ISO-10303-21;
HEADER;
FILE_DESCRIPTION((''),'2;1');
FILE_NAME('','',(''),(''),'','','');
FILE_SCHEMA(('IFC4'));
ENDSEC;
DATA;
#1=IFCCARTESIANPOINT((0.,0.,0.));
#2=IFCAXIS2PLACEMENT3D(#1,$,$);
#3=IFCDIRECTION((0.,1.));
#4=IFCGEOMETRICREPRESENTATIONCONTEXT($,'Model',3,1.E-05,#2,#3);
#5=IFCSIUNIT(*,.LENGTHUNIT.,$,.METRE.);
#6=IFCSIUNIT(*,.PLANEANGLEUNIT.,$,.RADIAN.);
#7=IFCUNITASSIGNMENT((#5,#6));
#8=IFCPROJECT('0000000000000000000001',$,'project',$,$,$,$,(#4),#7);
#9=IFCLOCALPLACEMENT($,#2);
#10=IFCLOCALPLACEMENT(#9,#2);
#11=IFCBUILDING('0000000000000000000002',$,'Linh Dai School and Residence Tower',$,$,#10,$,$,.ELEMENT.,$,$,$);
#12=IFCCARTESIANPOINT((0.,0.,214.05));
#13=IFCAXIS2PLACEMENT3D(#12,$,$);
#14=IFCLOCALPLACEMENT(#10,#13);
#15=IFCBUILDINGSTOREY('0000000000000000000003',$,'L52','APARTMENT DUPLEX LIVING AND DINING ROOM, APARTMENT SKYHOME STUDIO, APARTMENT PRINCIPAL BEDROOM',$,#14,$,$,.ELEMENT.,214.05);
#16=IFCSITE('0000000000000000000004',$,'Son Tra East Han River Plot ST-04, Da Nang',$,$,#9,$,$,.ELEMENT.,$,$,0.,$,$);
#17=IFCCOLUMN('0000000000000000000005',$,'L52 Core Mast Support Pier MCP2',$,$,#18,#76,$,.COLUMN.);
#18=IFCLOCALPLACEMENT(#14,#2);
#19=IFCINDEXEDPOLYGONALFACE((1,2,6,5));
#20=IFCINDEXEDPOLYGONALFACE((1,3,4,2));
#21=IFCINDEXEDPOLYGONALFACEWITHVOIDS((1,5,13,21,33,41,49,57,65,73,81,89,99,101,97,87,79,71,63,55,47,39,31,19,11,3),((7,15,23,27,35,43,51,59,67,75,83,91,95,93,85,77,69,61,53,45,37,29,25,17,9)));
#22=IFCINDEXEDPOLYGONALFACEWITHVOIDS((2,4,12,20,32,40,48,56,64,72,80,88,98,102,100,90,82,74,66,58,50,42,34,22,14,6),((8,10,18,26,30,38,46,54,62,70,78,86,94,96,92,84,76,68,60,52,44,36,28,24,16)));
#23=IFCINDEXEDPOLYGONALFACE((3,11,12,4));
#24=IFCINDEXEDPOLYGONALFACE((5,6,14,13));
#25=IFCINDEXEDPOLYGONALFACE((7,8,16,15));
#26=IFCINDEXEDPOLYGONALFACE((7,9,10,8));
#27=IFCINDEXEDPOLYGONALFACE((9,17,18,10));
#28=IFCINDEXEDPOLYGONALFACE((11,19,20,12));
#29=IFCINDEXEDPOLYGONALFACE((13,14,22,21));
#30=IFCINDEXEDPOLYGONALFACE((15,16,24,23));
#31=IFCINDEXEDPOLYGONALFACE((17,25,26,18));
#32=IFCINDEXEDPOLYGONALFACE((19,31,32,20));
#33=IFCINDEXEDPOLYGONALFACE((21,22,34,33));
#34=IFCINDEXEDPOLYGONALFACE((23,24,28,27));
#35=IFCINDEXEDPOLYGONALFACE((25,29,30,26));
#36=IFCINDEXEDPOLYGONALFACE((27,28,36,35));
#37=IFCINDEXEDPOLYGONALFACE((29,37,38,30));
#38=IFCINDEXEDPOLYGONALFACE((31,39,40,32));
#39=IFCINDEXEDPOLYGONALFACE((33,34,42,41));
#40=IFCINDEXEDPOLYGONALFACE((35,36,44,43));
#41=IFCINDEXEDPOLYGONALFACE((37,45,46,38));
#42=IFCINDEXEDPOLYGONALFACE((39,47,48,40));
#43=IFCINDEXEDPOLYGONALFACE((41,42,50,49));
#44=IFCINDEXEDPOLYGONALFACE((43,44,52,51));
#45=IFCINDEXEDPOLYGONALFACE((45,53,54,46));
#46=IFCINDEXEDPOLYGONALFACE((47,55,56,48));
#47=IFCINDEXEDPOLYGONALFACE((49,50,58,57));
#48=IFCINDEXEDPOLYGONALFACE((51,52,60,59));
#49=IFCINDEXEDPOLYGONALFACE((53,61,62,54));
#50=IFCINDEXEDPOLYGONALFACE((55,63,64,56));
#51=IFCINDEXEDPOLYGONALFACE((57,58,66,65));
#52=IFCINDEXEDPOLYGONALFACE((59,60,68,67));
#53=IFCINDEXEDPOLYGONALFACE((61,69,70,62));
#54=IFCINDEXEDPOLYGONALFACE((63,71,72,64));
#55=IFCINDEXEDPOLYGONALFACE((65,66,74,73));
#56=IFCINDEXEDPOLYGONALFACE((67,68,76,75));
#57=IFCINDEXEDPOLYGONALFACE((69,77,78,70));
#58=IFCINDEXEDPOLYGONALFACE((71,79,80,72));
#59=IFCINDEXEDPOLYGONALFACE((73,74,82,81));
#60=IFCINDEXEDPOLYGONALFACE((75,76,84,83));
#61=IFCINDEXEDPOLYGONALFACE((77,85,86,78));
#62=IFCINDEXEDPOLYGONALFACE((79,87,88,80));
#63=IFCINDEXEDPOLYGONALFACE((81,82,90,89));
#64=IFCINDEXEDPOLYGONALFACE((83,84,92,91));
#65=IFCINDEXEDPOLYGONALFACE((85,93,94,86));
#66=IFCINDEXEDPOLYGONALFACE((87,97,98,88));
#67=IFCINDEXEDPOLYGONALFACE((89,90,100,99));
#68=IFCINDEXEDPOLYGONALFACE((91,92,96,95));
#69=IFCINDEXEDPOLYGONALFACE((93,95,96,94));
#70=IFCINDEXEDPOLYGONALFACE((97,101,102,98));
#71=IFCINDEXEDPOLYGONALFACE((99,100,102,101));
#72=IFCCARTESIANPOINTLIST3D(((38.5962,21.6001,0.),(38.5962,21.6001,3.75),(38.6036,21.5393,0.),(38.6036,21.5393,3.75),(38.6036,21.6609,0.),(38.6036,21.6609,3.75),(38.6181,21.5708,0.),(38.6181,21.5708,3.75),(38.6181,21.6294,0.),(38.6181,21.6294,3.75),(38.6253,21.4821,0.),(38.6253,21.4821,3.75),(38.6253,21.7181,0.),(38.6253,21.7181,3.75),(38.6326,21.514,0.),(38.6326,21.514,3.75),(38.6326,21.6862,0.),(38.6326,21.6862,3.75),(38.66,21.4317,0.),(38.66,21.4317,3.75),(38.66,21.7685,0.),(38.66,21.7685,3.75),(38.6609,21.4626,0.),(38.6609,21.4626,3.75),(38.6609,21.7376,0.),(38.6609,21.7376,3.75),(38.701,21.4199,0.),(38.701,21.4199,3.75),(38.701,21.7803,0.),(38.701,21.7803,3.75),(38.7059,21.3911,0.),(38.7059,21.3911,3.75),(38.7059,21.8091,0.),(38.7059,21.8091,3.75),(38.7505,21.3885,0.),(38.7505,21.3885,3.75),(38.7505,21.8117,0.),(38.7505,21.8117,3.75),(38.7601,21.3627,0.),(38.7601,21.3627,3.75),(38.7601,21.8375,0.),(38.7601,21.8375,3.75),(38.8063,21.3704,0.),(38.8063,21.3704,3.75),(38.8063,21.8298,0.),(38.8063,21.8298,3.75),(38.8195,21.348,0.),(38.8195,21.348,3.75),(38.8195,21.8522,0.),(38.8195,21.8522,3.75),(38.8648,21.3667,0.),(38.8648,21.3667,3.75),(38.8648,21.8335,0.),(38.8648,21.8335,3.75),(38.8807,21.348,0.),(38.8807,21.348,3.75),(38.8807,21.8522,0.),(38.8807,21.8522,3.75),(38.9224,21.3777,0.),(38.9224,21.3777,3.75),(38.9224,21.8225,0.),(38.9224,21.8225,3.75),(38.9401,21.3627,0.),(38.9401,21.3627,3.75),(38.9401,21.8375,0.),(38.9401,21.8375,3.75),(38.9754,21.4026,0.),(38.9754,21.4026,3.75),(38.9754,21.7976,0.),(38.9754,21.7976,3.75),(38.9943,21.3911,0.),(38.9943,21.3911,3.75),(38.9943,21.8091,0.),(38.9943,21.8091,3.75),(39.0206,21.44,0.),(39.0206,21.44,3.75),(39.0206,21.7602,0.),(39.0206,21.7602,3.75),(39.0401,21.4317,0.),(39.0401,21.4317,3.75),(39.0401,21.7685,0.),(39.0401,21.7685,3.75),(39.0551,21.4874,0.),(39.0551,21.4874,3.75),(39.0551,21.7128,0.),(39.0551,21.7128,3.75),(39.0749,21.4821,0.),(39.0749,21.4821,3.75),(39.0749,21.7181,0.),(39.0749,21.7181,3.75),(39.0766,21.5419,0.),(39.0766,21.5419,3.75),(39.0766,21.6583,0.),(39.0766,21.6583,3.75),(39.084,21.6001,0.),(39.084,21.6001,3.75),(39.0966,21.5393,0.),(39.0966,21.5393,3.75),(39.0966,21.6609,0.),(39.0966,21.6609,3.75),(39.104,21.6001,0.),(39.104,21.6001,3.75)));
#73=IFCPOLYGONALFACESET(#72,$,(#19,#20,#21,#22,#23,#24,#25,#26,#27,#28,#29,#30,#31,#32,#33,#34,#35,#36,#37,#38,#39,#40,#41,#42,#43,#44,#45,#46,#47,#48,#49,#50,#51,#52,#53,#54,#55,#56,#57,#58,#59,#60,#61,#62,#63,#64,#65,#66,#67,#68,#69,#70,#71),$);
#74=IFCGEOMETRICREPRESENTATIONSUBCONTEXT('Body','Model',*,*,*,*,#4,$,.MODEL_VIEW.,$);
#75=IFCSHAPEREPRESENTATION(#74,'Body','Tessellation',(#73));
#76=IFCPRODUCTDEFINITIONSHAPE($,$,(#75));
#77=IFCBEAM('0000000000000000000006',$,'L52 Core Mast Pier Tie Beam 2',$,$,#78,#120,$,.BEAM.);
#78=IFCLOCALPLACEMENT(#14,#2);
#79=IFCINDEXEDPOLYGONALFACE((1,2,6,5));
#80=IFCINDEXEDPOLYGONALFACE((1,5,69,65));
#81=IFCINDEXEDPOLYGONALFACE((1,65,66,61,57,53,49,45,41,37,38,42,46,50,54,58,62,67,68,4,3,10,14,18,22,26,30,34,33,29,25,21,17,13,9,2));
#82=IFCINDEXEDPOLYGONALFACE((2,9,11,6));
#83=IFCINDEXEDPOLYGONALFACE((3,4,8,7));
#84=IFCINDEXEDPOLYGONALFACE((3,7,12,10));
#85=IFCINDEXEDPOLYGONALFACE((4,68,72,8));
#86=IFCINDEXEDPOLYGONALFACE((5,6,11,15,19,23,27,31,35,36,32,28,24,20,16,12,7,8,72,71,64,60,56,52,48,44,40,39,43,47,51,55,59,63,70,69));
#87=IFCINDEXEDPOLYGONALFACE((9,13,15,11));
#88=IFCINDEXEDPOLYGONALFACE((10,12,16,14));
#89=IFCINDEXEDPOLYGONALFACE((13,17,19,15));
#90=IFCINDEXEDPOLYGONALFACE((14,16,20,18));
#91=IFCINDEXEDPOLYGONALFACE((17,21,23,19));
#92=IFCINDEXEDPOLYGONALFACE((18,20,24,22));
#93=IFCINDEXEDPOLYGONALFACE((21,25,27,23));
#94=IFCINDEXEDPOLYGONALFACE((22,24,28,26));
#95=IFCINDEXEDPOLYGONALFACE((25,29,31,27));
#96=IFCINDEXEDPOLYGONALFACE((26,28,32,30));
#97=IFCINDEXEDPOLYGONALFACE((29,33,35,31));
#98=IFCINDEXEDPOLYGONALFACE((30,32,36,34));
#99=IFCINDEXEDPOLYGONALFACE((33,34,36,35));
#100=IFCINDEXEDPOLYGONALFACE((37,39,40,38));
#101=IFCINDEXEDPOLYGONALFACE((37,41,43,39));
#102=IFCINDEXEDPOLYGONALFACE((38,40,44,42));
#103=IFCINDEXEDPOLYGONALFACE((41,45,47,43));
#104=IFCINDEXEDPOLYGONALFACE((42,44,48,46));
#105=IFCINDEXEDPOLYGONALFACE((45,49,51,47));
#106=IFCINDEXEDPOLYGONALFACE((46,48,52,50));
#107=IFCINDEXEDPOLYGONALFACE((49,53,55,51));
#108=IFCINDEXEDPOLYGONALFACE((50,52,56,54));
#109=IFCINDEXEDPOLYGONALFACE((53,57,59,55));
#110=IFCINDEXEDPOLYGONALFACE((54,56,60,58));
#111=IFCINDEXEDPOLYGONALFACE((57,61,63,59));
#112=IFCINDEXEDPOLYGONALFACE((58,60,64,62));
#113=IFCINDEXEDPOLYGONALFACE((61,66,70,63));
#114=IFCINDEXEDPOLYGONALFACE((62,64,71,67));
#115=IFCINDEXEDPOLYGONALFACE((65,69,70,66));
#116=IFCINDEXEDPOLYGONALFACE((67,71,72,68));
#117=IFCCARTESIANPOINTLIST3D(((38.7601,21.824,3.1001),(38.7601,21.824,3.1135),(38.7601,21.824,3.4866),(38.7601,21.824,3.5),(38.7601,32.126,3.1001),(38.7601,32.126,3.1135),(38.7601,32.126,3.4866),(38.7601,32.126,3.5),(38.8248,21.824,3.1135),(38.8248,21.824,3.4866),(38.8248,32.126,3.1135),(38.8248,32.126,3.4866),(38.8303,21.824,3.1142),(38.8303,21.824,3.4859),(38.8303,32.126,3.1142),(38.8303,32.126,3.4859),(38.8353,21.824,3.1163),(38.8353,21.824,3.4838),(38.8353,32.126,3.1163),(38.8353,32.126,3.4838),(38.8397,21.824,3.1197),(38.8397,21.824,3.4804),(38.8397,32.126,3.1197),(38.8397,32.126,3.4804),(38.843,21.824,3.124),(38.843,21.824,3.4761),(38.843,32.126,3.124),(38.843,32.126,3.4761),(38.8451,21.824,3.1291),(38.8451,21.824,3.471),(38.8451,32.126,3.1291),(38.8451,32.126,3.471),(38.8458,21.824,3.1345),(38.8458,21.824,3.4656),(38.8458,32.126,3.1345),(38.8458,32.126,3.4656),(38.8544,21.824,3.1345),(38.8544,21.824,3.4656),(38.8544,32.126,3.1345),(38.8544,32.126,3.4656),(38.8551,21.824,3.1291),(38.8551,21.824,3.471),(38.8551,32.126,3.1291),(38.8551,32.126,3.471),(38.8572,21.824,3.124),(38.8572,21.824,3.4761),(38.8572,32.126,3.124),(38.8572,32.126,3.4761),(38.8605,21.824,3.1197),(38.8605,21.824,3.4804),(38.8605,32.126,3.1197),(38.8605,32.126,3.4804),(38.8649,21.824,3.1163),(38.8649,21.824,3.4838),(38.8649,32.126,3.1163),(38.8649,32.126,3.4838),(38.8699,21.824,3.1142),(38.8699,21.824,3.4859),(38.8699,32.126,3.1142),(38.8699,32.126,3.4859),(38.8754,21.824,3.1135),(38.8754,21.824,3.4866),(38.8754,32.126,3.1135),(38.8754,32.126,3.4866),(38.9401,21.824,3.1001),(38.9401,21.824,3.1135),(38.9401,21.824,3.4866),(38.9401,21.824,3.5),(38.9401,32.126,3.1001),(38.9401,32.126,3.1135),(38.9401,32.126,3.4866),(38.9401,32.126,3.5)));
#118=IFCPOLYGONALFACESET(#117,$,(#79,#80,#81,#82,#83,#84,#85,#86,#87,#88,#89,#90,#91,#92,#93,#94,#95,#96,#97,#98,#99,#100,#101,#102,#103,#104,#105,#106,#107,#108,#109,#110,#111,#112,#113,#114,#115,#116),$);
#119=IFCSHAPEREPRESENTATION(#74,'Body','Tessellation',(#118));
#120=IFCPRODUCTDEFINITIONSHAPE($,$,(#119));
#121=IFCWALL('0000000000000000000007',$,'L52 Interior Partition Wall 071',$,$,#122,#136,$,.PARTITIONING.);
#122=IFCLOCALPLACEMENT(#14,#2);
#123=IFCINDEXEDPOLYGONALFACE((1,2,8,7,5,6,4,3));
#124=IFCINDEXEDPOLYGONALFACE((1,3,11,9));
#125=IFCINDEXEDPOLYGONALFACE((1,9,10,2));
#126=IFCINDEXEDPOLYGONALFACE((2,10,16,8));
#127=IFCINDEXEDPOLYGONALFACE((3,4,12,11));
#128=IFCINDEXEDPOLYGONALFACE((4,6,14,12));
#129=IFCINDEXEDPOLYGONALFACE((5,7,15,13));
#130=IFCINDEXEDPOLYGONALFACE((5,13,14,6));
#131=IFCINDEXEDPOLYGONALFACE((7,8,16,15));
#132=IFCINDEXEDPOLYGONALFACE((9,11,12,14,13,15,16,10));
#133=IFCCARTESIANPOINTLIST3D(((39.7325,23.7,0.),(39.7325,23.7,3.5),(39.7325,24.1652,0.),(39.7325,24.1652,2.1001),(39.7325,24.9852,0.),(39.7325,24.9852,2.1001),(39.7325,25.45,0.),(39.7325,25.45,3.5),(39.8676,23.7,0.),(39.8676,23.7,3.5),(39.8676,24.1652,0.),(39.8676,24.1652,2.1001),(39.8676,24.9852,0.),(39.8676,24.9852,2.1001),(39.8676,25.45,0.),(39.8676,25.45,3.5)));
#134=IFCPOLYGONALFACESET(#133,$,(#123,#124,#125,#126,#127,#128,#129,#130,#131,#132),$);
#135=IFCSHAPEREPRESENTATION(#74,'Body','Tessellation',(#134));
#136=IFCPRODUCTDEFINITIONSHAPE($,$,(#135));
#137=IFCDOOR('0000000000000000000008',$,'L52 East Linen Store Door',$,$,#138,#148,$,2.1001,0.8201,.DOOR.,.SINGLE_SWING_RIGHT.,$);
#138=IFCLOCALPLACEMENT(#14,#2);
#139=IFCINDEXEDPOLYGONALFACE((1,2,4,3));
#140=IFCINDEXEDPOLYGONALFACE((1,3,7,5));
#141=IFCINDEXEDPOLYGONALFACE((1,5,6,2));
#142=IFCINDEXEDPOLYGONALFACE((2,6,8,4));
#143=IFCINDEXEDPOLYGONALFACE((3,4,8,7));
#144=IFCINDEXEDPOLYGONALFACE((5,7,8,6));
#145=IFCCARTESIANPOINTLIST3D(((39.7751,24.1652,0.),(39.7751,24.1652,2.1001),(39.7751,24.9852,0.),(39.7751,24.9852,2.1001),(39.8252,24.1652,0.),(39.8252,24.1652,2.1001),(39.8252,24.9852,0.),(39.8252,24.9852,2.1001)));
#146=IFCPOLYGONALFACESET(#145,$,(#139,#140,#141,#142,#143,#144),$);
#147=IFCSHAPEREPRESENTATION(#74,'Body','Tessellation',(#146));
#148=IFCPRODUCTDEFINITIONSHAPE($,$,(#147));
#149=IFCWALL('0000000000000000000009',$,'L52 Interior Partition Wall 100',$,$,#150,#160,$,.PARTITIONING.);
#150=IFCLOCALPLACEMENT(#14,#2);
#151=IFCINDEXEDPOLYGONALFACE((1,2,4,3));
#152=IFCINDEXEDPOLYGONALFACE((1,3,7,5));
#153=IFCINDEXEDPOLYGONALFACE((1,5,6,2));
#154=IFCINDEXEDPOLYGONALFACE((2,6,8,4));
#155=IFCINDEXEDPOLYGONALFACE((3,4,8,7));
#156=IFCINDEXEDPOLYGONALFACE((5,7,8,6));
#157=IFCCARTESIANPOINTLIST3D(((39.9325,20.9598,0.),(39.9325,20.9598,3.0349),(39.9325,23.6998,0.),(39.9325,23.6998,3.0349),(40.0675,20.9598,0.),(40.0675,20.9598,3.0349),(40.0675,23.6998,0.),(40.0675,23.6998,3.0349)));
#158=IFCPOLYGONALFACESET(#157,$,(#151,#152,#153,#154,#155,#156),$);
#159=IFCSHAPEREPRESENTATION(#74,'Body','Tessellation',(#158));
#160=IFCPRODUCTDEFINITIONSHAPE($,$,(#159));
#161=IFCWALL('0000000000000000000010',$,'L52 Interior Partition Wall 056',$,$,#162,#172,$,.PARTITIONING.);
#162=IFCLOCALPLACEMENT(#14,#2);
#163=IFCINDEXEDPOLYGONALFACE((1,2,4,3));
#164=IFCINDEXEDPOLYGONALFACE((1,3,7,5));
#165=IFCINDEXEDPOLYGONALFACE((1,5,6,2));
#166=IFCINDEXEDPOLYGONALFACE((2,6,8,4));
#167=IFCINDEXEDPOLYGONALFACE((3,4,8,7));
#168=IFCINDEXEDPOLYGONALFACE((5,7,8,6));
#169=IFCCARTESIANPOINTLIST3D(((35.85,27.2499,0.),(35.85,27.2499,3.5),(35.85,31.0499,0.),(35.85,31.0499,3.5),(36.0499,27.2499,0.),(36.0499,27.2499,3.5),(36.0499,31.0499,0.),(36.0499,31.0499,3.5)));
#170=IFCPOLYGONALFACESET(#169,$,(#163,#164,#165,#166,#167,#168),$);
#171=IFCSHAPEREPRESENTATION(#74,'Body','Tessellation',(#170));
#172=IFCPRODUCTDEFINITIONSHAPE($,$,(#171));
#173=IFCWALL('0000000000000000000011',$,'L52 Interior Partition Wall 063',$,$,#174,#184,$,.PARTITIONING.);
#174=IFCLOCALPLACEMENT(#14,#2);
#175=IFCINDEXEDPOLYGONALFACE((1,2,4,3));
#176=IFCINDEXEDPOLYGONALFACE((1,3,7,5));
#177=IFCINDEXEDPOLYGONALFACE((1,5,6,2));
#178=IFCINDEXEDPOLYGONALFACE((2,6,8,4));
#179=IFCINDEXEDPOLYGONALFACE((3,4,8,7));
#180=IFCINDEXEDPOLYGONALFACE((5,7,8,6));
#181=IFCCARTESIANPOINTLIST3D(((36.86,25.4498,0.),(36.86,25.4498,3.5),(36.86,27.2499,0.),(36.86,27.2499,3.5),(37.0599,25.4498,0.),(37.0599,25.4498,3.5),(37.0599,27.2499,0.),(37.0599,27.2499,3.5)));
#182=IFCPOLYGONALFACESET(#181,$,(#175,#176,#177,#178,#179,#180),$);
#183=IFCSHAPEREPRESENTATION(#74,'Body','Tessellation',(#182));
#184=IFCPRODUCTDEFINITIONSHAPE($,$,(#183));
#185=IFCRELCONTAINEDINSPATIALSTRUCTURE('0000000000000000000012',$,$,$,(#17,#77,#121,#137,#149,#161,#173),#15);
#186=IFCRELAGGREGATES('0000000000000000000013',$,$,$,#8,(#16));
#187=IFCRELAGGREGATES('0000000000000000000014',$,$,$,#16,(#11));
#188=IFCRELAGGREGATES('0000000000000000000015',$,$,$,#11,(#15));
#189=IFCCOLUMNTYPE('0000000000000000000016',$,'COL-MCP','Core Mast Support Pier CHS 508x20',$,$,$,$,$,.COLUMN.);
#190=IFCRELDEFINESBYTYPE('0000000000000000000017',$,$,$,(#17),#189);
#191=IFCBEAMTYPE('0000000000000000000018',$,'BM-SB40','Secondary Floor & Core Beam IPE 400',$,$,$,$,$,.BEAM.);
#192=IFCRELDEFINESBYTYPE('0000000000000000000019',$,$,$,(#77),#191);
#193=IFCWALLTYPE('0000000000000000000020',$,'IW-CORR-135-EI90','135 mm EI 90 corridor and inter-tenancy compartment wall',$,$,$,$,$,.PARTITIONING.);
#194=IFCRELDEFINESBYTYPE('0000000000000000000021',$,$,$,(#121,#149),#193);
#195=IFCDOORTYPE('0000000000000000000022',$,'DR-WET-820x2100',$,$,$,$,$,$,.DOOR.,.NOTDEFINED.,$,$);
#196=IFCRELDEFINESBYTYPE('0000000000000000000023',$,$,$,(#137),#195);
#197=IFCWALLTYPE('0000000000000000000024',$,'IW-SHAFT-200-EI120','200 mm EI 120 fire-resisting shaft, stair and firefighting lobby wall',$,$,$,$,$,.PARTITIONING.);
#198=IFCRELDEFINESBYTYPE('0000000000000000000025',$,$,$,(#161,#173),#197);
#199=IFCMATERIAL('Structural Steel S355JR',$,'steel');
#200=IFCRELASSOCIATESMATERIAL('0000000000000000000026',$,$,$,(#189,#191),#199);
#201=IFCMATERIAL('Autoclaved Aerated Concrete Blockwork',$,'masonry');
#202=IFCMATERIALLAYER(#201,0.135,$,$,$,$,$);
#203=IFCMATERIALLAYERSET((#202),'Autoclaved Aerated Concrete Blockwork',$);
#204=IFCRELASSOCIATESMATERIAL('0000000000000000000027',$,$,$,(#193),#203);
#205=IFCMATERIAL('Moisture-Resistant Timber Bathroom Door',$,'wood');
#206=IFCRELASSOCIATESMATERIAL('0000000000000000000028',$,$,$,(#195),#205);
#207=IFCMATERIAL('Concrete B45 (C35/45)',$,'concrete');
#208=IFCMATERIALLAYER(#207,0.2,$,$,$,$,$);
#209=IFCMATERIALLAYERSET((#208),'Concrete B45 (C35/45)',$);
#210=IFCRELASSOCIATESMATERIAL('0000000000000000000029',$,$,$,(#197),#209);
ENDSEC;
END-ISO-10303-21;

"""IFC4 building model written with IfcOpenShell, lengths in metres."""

from ifc_helpers import new_model, si_unit, direction, frame, frame_2d, origin, origin_2d, place, context, subcontext, project, spatial, rectangle, hollow_circle, i_section, extrude, source, transform, mapped, material, layer, layer_set, material_profile, profile_set, type_object, element, fill, save


model = new_model("IFC4")

# Units and contexts
model_context = context("Model", 3, precision=1e-05, world=origin(), true_north=direction((0.0, 1.0)))
body_context = subcontext(model_context, "Body", "Model", "MODEL_VIEW")
ifc_project = project(units=[si_unit("LENGTHUNIT", "METRE"), si_unit("PLANEANGLEUNIT", "RADIAN")], contexts=[model_context])

# Site, building, storey
site_placement = place(None, origin())
site = spatial("IfcSite", under=ifc_project, at=site_placement, Name="Son Tra East Han River Plot ST-04, Da Nang", CompositionType="ELEMENT", RefElevation=0.0)
building_placement = place(site_placement, origin())
building = spatial("IfcBuilding", under=site, at=building_placement, Name="Linh Dai School and Residence Tower", CompositionType="ELEMENT")
storey_placement = place(building_placement, frame((0.0, 0.0, 214.05)))
storey = spatial("IfcBuildingStorey", under=building, at=storey_placement, Name="L52", Description="APARTMENT DUPLEX LIVING AND DINING ROOM, APARTMENT SKYHOME STUDIO, APARTMENT PRINCIPAL BEDROOM", CompositionType="ELEMENT", Elevation=214.05)

# Column
ifc_material_1 = material(Name="Structural Steel S355JR", Category="steel")
ifc_material_profile_1 = material_profile(ifc_material_1, hollow_circle(Radius=0.2539, WallThickness=0.02, at=origin_2d()), Name="CHS 508x20")
ifc_profile_set_1 = profile_set([ifc_material_profile_1], Name="Structural Steel S355JR")
column_type_1 = type_object("IfcColumnType", Name="COL-MCP", Description="Core Mast Support Pier CHS 508x20", PredefinedType="COLUMN", material=ifc_profile_set_1)
column_placement = place(storey_placement, frame((38.8501, 21.6001, 0.0), z_axis=(0.0, 0.0, 1.0), x_axis=(1.0, 0.0, 0.0)))
element("IfcColumn", 1, at=column_placement, inside=storey, type_object=column_type_1, Name="L52 Core Mast Support Pier MCP2", PredefinedType="COLUMN", context=body_context, shape_type="SweptSolid", body=[
    extrude(hollow_circle(Radius=0.2539, WallThickness=0.02, at=origin_2d()), origin(), (0.0, 0.0, 1.0), 3.75),
])

# Beam
ifc_material_profile_2 = material_profile(ifc_material_1, i_section(OverallWidth=0.1799, OverallDepth=0.3999, WebThickness=0.0085, FlangeThickness=0.0134, FilletRadius=0.021, at=origin_2d()), Name="IPE 400")
ifc_profile_set_2 = profile_set([ifc_material_profile_2], Name="Structural Steel S355JR")
beam_type = type_object("IfcBeamType", Name="BM-SB40", Description="Secondary Floor & Core Beam IPE 400", PredefinedType="BEAM", material=ifc_profile_set_2)
beam_placement = place(storey_placement, frame((38.8501, 21.824, 3.3), z_axis=(0.0, 1.0, 0.0), x_axis=(-1.0, 0.0, 0.0)))
element("IfcBeam", 2, at=beam_placement, inside=storey, type_object=beam_type, Name="L52 Core Mast Pier Tie Beam 2", PredefinedType="BEAM", context=body_context, shape_type="SweptSolid", body=[
    extrude(i_section(OverallWidth=0.1799, OverallDepth=0.3999, WebThickness=0.0085, FlangeThickness=0.0134, FilletRadius=0.021, at=origin_2d()), origin(), (0.0, 0.0, 1.0), 10.302),
])

# Wall, opening, door
ifc_material_2 = material(Name="Autoclaved Aerated Concrete Blockwork", Category="masonry")
ifc_layer_1 = layer(ifc_material_2, 0.135)
ifc_layer_set_1 = layer_set([ifc_layer_1], Name="Autoclaved Aerated Concrete Blockwork")
wall_type_1 = type_object("IfcWallType", Name="IW-CORR-135-EI90", Description="135 mm EI 90 corridor and inter-tenancy compartment wall", PredefinedType="PARTITIONING", material=ifc_layer_set_1)
wall_1_placement = place(storey_placement, frame((39.8, 23.7, 0.0), z_axis=(0.0, 0.0, 1.0), x_axis=(0.0, 1.0, 0.0)))
wall_1 = element("IfcWall", 3, at=wall_1_placement, inside=storey, type_object=wall_type_1, Name="L52 Interior Partition Wall 071", PredefinedType="PARTITIONING", context=body_context, shape_type="SweptSolid", body=[
    extrude(rectangle(XDim=1.75, YDim=0.135, at=frame_2d((0.875, 0.0))), origin(), (0.0, 0.0, 1.0), 3.5),
])
opening_placement = place(wall_1_placement, frame((0.4651, 0.0, 0.0)))
opening = element("IfcOpeningElement", 4, at=opening_placement, cuts=wall_1, PredefinedType="OPENING", context=body_context, shape_type="SweptSolid", body=[
    extrude(rectangle(XDim=0.8201, YDim=2.1001, at=origin_2d()), frame((0.4102, 0.0776, 1.05), z_axis=(0.0, -1.0, 0.0), x_axis=(1.0, 0.0, 0.0)), (0.0, 0.0, 1.0), 0.155),
])
ifc_material_3 = material(Name="Moisture-Resistant Timber Bathroom Door", Category="wood")
door_type = type_object("IfcDoorType", Name="DR-WET-820x2100", OperationType="NOTDEFINED", PredefinedType="DOOR", material=ifc_material_3)
shared_shape_1 = source(origin(), body_context, "Body", "SweptSolid", [
    extrude(rectangle(XDim=0.8201, YDim=2.1001, at=origin_2d()), frame((0.4102, 0.0249, 1.05), z_axis=(0.0, -1.0, 0.0), x_axis=(1.0, 0.0, 0.0)), (0.0, 0.0, 1.0), 0.05),
])
door_placement = place(opening_placement, origin())
door = element("IfcDoor", 5, at=door_placement, inside=storey, type_object=door_type, Name="L52 East Linen Store Door", OperationType="SINGLE_SWING_RIGHT", OverallHeight=2.1001, OverallWidth=0.8201, PredefinedType="DOOR", context=body_context, shape_type="MappedRepresentation", body=[
    mapped(shared_shape_1, transform((0.0, 0.0, 0.0), x_axis=(1.0, 0.0, 0.0), y_axis=(0.0, 1.0, 0.0), z_axis=(0.0, 0.0, 1.0), scale=1.0)),
])
fill(opening, door)

# Walls
wall_2_placement = place(storey_placement, frame((40.0, 23.7, 0.0), z_axis=(0.0, 0.0, 1.0), x_axis=(0.0, -1.0, 0.0)))
element("IfcWall", 6, at=wall_2_placement, inside=storey, type_object=wall_type_1, Name="L52 Interior Partition Wall 100", PredefinedType="PARTITIONING", context=body_context, shape_type="SweptSolid", body=[
    extrude(rectangle(XDim=2.74, YDim=0.135, at=frame_2d((1.3701, 0.0))), origin(), (0.0, 0.0, 1.0), 3.0349),
])
ifc_material_4 = material(Name="Concrete B45 (C35/45)", Category="concrete")
ifc_layer_2 = layer(ifc_material_4, 0.2)
ifc_layer_set_2 = layer_set([ifc_layer_2], Name="Concrete B45 (C35/45)")
wall_type_2 = type_object("IfcWallType", Name="IW-SHAFT-200-EI120", Description="200 mm EI 120 fire-resisting shaft, stair and firefighting lobby wall", PredefinedType="PARTITIONING", material=ifc_layer_set_2)
wall_3_placement = place(storey_placement, frame((35.95, 27.25, 0.0), z_axis=(0.0, 0.0, 1.0), x_axis=(0.0, 1.0, 0.0)))
element("IfcWall", 7, at=wall_3_placement, inside=storey, type_object=wall_type_2, Name="L52 Interior Partition Wall 056", PredefinedType="PARTITIONING", context=body_context, shape_type="SweptSolid", body=[
    extrude(rectangle(XDim=3.8, YDim=0.2, at=frame_2d((1.8999, 0.0))), origin(), (0.0, 0.0, 1.0), 3.5),
])
wall_4_placement = place(storey_placement, frame((36.96, 25.45, 0.0), z_axis=(0.0, 0.0, 1.0), x_axis=(0.0, 1.0, 0.0)))
element("IfcWall", 8, at=wall_4_placement, inside=storey, type_object=wall_type_2, Name="L52 Interior Partition Wall 063", PredefinedType="PARTITIONING", context=body_context, shape_type="SweptSolid", body=[
    extrude(rectangle(XDim=1.8, YDim=0.2, at=frame_2d((0.8999, 0.0))), origin(), (0.0, 0.0, 1.0), 3.5),
])

save(model, "model.ifc")
